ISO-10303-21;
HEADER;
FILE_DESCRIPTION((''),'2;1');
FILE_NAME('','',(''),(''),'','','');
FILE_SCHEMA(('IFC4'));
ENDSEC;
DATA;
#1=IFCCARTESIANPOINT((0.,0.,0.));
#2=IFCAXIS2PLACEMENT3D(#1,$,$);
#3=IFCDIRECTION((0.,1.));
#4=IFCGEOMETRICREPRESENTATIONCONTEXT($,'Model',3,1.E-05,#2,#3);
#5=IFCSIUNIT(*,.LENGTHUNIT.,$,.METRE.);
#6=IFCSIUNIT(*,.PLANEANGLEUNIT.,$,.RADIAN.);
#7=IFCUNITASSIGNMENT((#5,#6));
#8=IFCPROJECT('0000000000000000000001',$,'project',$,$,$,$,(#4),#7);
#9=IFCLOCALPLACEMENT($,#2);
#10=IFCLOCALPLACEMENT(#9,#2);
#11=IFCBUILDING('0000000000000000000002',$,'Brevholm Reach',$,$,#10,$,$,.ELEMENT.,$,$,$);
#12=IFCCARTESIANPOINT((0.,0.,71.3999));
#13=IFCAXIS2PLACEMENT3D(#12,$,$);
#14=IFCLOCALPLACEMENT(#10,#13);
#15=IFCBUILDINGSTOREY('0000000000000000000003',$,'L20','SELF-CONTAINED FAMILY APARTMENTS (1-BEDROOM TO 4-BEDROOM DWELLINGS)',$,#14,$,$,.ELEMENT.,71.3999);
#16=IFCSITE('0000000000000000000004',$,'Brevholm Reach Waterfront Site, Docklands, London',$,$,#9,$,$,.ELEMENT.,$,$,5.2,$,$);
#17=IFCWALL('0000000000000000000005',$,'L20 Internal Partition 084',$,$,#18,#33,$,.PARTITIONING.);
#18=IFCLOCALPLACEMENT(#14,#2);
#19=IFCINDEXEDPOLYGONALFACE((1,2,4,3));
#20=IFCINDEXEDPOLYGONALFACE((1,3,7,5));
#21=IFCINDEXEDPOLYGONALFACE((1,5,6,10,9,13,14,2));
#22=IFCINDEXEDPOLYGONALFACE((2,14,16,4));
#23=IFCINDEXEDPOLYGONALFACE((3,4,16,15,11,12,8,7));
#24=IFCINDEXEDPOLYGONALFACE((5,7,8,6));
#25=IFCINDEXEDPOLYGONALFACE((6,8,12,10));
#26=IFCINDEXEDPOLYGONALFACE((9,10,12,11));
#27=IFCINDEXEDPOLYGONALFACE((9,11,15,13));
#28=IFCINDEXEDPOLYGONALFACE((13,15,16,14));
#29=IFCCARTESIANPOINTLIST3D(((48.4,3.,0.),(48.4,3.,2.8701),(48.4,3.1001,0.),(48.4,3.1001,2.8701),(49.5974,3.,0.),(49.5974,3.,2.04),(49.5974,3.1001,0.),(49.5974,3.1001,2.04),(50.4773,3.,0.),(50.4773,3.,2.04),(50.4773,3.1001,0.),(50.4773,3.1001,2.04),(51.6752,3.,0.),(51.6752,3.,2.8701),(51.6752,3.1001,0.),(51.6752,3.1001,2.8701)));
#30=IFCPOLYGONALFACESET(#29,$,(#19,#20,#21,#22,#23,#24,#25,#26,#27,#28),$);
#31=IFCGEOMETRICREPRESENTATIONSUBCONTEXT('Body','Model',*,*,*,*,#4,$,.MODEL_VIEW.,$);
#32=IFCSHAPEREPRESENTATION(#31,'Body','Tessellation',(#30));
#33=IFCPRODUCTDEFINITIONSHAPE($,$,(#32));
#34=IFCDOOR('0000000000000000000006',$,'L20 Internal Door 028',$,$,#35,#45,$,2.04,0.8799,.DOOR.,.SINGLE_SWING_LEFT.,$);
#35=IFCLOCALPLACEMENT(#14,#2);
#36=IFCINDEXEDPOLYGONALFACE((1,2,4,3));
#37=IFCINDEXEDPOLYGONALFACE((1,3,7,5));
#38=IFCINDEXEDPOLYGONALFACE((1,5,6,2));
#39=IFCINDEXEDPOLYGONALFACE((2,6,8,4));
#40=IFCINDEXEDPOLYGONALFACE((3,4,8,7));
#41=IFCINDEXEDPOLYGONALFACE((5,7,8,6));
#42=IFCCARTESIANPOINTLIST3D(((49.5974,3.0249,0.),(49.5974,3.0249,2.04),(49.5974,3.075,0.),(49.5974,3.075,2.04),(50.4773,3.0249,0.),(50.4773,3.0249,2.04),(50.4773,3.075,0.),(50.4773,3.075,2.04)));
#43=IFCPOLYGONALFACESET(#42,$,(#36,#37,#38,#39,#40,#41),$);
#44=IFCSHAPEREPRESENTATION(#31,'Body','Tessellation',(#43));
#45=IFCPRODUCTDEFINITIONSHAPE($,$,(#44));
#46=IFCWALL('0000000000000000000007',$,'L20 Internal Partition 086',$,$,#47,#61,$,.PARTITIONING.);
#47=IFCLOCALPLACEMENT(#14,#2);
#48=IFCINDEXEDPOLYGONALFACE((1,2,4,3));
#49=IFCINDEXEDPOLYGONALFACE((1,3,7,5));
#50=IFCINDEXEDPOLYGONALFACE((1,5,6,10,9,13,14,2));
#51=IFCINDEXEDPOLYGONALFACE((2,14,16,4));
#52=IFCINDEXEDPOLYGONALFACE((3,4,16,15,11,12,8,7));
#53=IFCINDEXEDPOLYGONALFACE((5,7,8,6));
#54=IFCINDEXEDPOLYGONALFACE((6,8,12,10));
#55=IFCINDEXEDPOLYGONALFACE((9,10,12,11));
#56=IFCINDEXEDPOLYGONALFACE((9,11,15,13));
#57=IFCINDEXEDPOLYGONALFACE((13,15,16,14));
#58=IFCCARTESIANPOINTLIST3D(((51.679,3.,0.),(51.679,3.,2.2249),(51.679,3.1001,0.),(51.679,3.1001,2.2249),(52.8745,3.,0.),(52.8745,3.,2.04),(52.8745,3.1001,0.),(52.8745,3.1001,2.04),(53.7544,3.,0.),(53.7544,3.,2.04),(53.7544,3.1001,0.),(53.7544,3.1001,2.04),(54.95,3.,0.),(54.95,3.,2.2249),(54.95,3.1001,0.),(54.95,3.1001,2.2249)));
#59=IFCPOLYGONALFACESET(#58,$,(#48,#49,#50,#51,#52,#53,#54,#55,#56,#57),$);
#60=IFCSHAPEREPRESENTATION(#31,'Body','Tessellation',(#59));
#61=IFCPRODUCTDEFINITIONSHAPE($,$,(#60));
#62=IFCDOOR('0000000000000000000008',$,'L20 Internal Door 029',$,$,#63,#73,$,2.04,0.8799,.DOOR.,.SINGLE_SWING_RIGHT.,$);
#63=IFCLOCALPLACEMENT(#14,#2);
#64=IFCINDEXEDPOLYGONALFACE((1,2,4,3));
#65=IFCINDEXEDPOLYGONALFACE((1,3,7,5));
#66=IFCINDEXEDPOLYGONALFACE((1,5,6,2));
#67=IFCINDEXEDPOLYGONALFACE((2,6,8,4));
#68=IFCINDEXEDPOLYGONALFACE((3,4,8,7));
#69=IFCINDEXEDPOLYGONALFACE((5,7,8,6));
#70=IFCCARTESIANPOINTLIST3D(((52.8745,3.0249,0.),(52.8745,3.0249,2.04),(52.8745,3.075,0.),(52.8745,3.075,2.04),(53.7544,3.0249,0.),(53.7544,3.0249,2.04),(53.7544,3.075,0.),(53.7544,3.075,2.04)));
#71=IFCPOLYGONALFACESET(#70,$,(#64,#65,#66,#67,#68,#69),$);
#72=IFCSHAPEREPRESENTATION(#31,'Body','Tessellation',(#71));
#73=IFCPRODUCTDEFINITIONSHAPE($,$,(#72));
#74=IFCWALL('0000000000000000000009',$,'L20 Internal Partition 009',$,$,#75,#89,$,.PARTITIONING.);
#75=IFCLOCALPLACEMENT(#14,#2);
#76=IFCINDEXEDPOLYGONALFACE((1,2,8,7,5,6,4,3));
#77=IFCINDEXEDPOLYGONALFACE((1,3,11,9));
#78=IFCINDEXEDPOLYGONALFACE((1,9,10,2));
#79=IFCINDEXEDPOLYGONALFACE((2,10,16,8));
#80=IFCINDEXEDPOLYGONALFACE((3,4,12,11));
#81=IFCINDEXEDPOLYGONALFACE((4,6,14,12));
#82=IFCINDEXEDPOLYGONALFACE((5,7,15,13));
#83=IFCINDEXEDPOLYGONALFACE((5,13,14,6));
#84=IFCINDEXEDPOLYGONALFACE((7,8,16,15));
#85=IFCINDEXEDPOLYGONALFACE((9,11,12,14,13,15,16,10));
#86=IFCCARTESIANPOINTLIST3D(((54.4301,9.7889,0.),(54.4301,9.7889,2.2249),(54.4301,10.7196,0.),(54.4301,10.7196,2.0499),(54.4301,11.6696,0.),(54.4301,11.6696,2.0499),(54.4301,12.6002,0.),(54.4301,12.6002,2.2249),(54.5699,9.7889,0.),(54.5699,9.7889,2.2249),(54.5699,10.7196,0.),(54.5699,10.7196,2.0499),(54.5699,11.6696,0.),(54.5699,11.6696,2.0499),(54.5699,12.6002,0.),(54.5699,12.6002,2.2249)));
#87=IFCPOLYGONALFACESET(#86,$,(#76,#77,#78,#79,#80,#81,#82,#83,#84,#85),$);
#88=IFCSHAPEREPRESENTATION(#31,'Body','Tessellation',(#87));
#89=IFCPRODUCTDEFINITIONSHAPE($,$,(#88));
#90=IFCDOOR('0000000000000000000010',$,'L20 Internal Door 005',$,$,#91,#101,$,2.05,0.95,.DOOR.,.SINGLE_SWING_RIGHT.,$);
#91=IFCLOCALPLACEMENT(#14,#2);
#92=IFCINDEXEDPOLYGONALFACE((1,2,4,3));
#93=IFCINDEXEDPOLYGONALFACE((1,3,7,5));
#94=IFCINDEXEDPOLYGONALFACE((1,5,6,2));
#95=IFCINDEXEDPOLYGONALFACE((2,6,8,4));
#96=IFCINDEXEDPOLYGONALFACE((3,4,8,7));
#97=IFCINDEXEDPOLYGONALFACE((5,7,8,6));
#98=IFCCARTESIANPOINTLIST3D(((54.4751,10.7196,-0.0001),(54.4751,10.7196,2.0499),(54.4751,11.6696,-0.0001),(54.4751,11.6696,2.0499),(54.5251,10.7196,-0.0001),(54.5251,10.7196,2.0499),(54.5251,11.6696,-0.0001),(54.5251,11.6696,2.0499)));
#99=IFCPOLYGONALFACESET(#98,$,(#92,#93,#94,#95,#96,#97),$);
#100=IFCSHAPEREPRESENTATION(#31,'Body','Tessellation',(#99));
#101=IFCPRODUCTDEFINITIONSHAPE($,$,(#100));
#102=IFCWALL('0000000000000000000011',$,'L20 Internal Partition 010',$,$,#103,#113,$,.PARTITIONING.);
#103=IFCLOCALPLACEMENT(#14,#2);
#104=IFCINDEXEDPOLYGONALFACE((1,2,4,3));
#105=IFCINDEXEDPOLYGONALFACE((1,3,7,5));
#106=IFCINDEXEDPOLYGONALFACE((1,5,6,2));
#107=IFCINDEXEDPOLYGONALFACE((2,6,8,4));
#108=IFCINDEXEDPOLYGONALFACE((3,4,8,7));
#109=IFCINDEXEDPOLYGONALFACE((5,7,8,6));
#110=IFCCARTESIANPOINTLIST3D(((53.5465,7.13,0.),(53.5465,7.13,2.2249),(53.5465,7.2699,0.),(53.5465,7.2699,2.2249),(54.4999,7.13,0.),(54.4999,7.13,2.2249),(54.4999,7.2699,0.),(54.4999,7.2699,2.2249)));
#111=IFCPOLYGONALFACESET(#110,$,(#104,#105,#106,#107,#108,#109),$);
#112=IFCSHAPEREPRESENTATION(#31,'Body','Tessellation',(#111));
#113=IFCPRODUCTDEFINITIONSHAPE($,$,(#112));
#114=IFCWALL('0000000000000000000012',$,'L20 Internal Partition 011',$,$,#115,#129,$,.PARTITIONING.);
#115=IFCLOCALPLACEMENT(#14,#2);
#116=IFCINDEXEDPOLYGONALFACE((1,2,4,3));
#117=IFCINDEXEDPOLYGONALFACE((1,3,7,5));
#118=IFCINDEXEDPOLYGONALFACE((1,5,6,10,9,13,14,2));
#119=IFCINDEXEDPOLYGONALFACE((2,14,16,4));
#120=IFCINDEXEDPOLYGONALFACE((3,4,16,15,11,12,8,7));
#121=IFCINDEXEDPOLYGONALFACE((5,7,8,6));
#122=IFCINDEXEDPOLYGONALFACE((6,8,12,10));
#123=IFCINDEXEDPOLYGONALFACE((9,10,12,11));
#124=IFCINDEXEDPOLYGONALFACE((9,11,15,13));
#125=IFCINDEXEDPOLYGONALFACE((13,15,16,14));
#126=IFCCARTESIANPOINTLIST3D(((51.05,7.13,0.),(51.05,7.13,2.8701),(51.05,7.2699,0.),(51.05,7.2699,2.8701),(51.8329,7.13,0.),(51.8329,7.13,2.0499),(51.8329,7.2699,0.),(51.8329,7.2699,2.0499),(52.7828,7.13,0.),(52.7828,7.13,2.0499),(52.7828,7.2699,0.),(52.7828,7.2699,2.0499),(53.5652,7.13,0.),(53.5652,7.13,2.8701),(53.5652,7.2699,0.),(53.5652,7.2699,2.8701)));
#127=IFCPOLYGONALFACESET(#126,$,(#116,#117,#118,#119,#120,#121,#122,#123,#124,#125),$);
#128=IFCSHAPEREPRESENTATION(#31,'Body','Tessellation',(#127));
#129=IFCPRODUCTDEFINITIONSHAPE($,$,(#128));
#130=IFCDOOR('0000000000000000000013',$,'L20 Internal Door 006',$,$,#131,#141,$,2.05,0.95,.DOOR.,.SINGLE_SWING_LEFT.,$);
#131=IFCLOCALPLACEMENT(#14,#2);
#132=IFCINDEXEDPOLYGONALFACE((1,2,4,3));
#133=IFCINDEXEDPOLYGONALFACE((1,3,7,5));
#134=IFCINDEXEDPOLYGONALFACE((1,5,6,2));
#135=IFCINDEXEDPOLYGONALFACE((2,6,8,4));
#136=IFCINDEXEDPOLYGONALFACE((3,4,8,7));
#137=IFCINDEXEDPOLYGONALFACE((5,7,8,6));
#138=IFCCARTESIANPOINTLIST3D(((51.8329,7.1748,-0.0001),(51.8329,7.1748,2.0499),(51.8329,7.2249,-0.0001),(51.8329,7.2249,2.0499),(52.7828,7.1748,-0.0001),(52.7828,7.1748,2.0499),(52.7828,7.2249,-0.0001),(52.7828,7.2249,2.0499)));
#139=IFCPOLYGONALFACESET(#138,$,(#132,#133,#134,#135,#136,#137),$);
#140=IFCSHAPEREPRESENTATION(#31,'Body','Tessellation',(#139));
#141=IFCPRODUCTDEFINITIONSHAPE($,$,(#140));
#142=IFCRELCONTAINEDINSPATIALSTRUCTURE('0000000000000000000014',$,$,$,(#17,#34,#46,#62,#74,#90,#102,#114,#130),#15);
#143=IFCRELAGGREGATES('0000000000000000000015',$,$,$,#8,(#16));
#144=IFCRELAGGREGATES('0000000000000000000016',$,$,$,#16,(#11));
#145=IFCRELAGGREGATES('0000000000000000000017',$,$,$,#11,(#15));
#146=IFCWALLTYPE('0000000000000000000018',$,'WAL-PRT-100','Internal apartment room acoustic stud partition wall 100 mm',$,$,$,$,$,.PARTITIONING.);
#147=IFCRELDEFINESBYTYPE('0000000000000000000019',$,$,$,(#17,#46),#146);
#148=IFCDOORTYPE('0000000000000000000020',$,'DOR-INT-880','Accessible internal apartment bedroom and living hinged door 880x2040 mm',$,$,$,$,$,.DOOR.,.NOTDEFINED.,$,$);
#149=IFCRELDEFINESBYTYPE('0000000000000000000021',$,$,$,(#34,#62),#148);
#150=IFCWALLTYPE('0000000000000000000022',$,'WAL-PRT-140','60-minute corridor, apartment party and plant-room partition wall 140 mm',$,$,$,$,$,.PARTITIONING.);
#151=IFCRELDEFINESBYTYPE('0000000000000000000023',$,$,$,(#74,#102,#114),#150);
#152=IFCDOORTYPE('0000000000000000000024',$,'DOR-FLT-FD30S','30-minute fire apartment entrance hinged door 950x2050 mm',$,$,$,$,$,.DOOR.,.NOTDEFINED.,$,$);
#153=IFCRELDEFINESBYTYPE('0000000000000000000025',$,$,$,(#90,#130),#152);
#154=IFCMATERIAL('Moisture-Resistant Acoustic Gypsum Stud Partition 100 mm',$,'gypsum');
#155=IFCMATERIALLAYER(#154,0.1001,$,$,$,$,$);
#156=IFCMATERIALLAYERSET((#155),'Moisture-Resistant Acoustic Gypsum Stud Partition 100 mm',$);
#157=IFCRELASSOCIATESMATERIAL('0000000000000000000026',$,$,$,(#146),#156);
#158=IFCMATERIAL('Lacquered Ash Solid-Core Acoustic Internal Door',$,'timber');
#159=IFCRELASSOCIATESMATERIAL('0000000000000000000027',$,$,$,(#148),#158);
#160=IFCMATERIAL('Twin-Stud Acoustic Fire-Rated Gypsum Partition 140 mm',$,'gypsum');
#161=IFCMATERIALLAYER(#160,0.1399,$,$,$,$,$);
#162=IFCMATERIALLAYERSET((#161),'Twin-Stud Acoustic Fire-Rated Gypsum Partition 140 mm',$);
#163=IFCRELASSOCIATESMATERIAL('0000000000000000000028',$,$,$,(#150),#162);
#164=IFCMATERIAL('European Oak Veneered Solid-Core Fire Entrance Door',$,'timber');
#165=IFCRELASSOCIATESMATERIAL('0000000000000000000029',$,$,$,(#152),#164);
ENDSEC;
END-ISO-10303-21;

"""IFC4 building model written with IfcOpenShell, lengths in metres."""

from ifc_helpers import new_model, si_unit, direction, frame, frame_2d, origin, place, context, subcontext, project, spatial, rectangle, extrude, material, layer, layer_set, type_object, element, fill, save


model = new_model("IFC4")

# Units and contexts
model_context = context("Model", 3, precision=1e-05, world=origin(), true_north=direction((0.0, 1.0)))
body_context = subcontext(model_context, "Body", "Model", "MODEL_VIEW")
ifc_project = project(units=[si_unit("LENGTHUNIT", "METRE"), si_unit("PLANEANGLEUNIT", "RADIAN")], contexts=[model_context])

# Site, building, storey
site_placement = place(None, origin())
site = spatial("IfcSite", under=ifc_project, at=site_placement, Name="Brevholm Reach Waterfront Site, Docklands, London", CompositionType="ELEMENT", RefElevation=5.2)
building_placement = place(site_placement, origin())
building = spatial("IfcBuilding", under=site, at=building_placement, Name="Brevholm Reach", CompositionType="ELEMENT")
storey_placement = place(building_placement, frame((0.0, 0.0, 71.3999)))
storey = spatial("IfcBuildingStorey", under=building, at=storey_placement, Name="L20", Description="SELF-CONTAINED FAMILY APARTMENTS (1-BEDROOM TO 4-BEDROOM DWELLINGS)", CompositionType="ELEMENT", Elevation=71.3999)

# Shared definitions
ifc_material_1 = material(Name="Moisture-Resistant Acoustic Gypsum Stud Partition 100 mm", Category="gypsum")
ifc_layer_1 = layer(ifc_material_1, 0.1001)
ifc_layer_set_1 = layer_set([ifc_layer_1], Name="Moisture-Resistant Acoustic Gypsum Stud Partition 100 mm")
wall_type_1 = type_object("IfcWallType", Name="WAL-PRT-100", Description="Internal apartment room acoustic stud partition wall 100 mm", PredefinedType="PARTITIONING", material=ifc_layer_set_1)
ifc_material_2 = material(Name="Lacquered Ash Solid-Core Acoustic Internal Door", Category="timber")
door_type_1 = type_object("IfcDoorType", Name="DOR-INT-880", Description="Accessible internal apartment bedroom and living hinged door 880x2040 mm", OperationType="NOTDEFINED", PredefinedType="DOOR", material=ifc_material_2)

# Walls, openings, doors
wall_1_placement = place(storey_placement, frame((48.3999, 3.05, 0.0), z_axis=(0.0, 0.0, 1.0), x_axis=(1.0, 0.0, 0.0)))
wall_1 = element("IfcWall", 1, at=wall_1_placement, inside=storey, type_object=wall_type_1, Name="L20 Internal Partition 084", PredefinedType="PARTITIONING", context=body_context, shape_type="SweptSolid", body=[
    extrude(rectangle(XDim=3.2751, YDim=0.1001, at=frame_2d((1.6377, 0.0))), origin(), (0.0, 0.0, 1.0), 2.8701),
])
opening_1_placement = place(wall_1_placement, frame((1.1975, 0.0, 0.0)))
opening_1 = element("IfcOpeningElement", 2, at=opening_1_placement, cuts=wall_1, PredefinedType="OPENING", context=body_context, shape_type="SweptSolid", body=[
    extrude(rectangle(XDim=0.8799, YDim=2.04, at=frame_2d((0.4399, 1.02))), frame((0.0, 0.0601, 0.0), z_axis=(0.0, -1.0, 0.0), x_axis=(1.0, 0.0, 0.0)), (0.0, 0.0, 1.0), 0.1201),
])
door_1_placement = place(opening_1_placement, origin())
door_1 = element("IfcDoor", 3, at=door_1_placement, inside=storey, type_object=door_type_1, Name="L20 Internal Door 028", OperationType="SINGLE_SWING_LEFT", OverallHeight=2.04, OverallWidth=0.8799, PredefinedType="DOOR", context=body_context, shape_type="SweptSolid", body=[
    extrude(rectangle(XDim=0.8799, YDim=2.04, at=frame_2d((0.4399, 1.02))), frame((0.0, 0.0249, 0.0), z_axis=(0.0, -1.0, 0.0), x_axis=(1.0, 0.0, 0.0)), (0.0, 0.0, 1.0), 0.05),
])
fill(opening_1, door_1)
wall_2_placement = place(storey_placement, frame((51.679, 3.05, 0.0), z_axis=(0.0, 0.0, 1.0), x_axis=(1.0, 0.0, 0.0)))
wall_2 = element("IfcWall", 4, at=wall_2_placement, inside=storey, type_object=wall_type_1, Name="L20 Internal Partition 086", PredefinedType="PARTITIONING", context=body_context, shape_type="SweptSolid", body=[
    extrude(rectangle(XDim=3.271, YDim=0.1001, at=frame_2d((1.6355, 0.0))), origin(), (0.0, 0.0, 1.0), 2.2249),
])
opening_2_placement = place(wall_2_placement, frame((1.1956, 0.0, 0.0)))
opening_2 = element("IfcOpeningElement", 5, at=opening_2_placement, cuts=wall_2, PredefinedType="OPENING", context=body_context, shape_type="SweptSolid", body=[
    extrude(rectangle(XDim=0.8799, YDim=2.04, at=frame_2d((0.4399, 1.02))), frame((0.0, 0.0601, 0.0), z_axis=(0.0, -1.0, 0.0), x_axis=(1.0, 0.0, 0.0)), (0.0, 0.0, 1.0), 0.1201),
])
door_2_placement = place(opening_2_placement, origin())
door_2 = element("IfcDoor", 6, at=door_2_placement, inside=storey, type_object=door_type_1, Name="L20 Internal Door 029", OperationType="SINGLE_SWING_RIGHT", OverallHeight=2.04, OverallWidth=0.8799, PredefinedType="DOOR", context=body_context, shape_type="SweptSolid", body=[
    extrude(rectangle(XDim=0.8799, YDim=2.04, at=frame_2d((0.4399, 1.02))), frame((0.0, 0.0249, 0.0), z_axis=(0.0, -1.0, 0.0), x_axis=(1.0, 0.0, 0.0)), (0.0, 0.0, 1.0), 0.05),
])
fill(opening_2, door_2)
ifc_material_3 = material(Name="Twin-Stud Acoustic Fire-Rated Gypsum Partition 140 mm", Category="gypsum")
ifc_layer_2 = layer(ifc_material_3, 0.1399)
ifc_layer_set_2 = layer_set([ifc_layer_2], Name="Twin-Stud Acoustic Fire-Rated Gypsum Partition 140 mm")
wall_type_2 = type_object("IfcWallType", Name="WAL-PRT-140", Description="60-minute corridor, apartment party and plant-room partition wall 140 mm", PredefinedType="PARTITIONING", material=ifc_layer_set_2)
wall_3_placement = place(storey_placement, frame((54.5, 9.7888, 0.0), z_axis=(0.0, 0.0, 1.0), x_axis=(0.0, 1.0, 0.0)))
wall_3 = element("IfcWall", 7, at=wall_3_placement, inside=storey, type_object=wall_type_2, Name="L20 Internal Partition 009", PredefinedType="PARTITIONING", context=body_context, shape_type="SweptSolid", body=[
    extrude(rectangle(XDim=2.8113, YDim=0.1399, at=frame_2d((1.4058, 0.0))), origin(), (0.0, 0.0, 1.0), 2.2249),
])
opening_3_placement = place(wall_3_placement, frame((0.9307, 0.0, 0.0)))
opening_3 = element("IfcOpeningElement", 8, at=opening_3_placement, cuts=wall_3, PredefinedType="OPENING", context=body_context, shape_type="SweptSolid", body=[
    extrude(rectangle(XDim=0.95, YDim=2.05, at=frame_2d((0.4751, 1.0249))), frame((0.0, 0.0798, 0.0), z_axis=(0.0, -1.0, 0.0), x_axis=(1.0, 0.0, 0.0)), (0.0, 0.0, 1.0), 0.1599),
])
ifc_material_4 = material(Name="European Oak Veneered Solid-Core Fire Entrance Door", Category="timber")
door_type_2 = type_object("IfcDoorType", Name="DOR-FLT-FD30S", Description="30-minute fire apartment entrance hinged door 950x2050 mm", OperationType="NOTDEFINED", PredefinedType="DOOR", material=ifc_material_4)
door_3_placement = place(opening_3_placement, origin())
door_3 = element("IfcDoor", 9, at=door_3_placement, inside=storey, type_object=door_type_2, Name="L20 Internal Door 005", OperationType="SINGLE_SWING_RIGHT", OverallHeight=2.05, OverallWidth=0.95, PredefinedType="DOOR", context=body_context, shape_type="SweptSolid", body=[
    extrude(rectangle(XDim=0.95, YDim=2.05, at=frame_2d((0.4751, 1.0249))), frame((0.0, 0.0249, 0.0), z_axis=(0.0, -1.0, 0.0), x_axis=(1.0, 0.0, 0.0)), (0.0, 0.0, 1.0), 0.05),
])
fill(opening_3, door_3)

# Wall
wall_4_placement = place(storey_placement, frame((53.5466, 7.2, 0.0), z_axis=(0.0, 0.0, 1.0), x_axis=(1.0, 0.0, 0.0)))
element("IfcWall", 10, at=wall_4_placement, inside=storey, type_object=wall_type_2, Name="L20 Internal Partition 010", PredefinedType="PARTITIONING", context=body_context, shape_type="SweptSolid", body=[
    extrude(rectangle(XDim=0.9534, YDim=0.1399, at=frame_2d((0.4766, 0.0))), origin(), (0.0, 0.0, 1.0), 2.2249),
])

# Wall, opening, door
wall_5_placement = place(storey_placement, frame((51.05, 7.2, 0.0), z_axis=(0.0, 0.0, 1.0), x_axis=(1.0, 0.0, 0.0)))
wall_5 = element("IfcWall", 11, at=wall_5_placement, inside=storey, type_object=wall_type_2, Name="L20 Internal Partition 011", PredefinedType="PARTITIONING", context=body_context, shape_type="SweptSolid", body=[
    extrude(rectangle(XDim=2.5151, YDim=0.1399, at=frame_2d((1.2576, 0.0))), origin(), (0.0, 0.0, 1.0), 2.8701),
])
opening_4_placement = place(wall_5_placement, frame((0.7827, 0.0, 0.0)))
opening_4 = element("IfcOpeningElement", 12, at=opening_4_placement, cuts=wall_5, PredefinedType="OPENING", context=body_context, shape_type="SweptSolid", body=[
    extrude(rectangle(XDim=0.95, YDim=2.05, at=frame_2d((0.4751, 1.0249))), frame((0.0, 0.0798, 0.0), z_axis=(0.0, -1.0, 0.0), x_axis=(1.0, 0.0, 0.0)), (0.0, 0.0, 1.0), 0.1599),
])
door_4_placement = place(opening_4_placement, origin())
door_4 = element("IfcDoor", 13, at=door_4_placement, inside=storey, type_object=door_type_2, Name="L20 Internal Door 006", OperationType="SINGLE_SWING_LEFT", OverallHeight=2.05, OverallWidth=0.95, PredefinedType="DOOR", context=body_context, shape_type="SweptSolid", body=[
    extrude(rectangle(XDim=0.95, YDim=2.05, at=frame_2d((0.4751, 1.0249))), frame((0.0, 0.0249, 0.0), z_axis=(0.0, -1.0, 0.0), x_axis=(1.0, 0.0, 0.0)), (0.0, 0.0, 1.0), 0.05),
])
fill(opening_4, door_4)

save(model, "model.ifc")
